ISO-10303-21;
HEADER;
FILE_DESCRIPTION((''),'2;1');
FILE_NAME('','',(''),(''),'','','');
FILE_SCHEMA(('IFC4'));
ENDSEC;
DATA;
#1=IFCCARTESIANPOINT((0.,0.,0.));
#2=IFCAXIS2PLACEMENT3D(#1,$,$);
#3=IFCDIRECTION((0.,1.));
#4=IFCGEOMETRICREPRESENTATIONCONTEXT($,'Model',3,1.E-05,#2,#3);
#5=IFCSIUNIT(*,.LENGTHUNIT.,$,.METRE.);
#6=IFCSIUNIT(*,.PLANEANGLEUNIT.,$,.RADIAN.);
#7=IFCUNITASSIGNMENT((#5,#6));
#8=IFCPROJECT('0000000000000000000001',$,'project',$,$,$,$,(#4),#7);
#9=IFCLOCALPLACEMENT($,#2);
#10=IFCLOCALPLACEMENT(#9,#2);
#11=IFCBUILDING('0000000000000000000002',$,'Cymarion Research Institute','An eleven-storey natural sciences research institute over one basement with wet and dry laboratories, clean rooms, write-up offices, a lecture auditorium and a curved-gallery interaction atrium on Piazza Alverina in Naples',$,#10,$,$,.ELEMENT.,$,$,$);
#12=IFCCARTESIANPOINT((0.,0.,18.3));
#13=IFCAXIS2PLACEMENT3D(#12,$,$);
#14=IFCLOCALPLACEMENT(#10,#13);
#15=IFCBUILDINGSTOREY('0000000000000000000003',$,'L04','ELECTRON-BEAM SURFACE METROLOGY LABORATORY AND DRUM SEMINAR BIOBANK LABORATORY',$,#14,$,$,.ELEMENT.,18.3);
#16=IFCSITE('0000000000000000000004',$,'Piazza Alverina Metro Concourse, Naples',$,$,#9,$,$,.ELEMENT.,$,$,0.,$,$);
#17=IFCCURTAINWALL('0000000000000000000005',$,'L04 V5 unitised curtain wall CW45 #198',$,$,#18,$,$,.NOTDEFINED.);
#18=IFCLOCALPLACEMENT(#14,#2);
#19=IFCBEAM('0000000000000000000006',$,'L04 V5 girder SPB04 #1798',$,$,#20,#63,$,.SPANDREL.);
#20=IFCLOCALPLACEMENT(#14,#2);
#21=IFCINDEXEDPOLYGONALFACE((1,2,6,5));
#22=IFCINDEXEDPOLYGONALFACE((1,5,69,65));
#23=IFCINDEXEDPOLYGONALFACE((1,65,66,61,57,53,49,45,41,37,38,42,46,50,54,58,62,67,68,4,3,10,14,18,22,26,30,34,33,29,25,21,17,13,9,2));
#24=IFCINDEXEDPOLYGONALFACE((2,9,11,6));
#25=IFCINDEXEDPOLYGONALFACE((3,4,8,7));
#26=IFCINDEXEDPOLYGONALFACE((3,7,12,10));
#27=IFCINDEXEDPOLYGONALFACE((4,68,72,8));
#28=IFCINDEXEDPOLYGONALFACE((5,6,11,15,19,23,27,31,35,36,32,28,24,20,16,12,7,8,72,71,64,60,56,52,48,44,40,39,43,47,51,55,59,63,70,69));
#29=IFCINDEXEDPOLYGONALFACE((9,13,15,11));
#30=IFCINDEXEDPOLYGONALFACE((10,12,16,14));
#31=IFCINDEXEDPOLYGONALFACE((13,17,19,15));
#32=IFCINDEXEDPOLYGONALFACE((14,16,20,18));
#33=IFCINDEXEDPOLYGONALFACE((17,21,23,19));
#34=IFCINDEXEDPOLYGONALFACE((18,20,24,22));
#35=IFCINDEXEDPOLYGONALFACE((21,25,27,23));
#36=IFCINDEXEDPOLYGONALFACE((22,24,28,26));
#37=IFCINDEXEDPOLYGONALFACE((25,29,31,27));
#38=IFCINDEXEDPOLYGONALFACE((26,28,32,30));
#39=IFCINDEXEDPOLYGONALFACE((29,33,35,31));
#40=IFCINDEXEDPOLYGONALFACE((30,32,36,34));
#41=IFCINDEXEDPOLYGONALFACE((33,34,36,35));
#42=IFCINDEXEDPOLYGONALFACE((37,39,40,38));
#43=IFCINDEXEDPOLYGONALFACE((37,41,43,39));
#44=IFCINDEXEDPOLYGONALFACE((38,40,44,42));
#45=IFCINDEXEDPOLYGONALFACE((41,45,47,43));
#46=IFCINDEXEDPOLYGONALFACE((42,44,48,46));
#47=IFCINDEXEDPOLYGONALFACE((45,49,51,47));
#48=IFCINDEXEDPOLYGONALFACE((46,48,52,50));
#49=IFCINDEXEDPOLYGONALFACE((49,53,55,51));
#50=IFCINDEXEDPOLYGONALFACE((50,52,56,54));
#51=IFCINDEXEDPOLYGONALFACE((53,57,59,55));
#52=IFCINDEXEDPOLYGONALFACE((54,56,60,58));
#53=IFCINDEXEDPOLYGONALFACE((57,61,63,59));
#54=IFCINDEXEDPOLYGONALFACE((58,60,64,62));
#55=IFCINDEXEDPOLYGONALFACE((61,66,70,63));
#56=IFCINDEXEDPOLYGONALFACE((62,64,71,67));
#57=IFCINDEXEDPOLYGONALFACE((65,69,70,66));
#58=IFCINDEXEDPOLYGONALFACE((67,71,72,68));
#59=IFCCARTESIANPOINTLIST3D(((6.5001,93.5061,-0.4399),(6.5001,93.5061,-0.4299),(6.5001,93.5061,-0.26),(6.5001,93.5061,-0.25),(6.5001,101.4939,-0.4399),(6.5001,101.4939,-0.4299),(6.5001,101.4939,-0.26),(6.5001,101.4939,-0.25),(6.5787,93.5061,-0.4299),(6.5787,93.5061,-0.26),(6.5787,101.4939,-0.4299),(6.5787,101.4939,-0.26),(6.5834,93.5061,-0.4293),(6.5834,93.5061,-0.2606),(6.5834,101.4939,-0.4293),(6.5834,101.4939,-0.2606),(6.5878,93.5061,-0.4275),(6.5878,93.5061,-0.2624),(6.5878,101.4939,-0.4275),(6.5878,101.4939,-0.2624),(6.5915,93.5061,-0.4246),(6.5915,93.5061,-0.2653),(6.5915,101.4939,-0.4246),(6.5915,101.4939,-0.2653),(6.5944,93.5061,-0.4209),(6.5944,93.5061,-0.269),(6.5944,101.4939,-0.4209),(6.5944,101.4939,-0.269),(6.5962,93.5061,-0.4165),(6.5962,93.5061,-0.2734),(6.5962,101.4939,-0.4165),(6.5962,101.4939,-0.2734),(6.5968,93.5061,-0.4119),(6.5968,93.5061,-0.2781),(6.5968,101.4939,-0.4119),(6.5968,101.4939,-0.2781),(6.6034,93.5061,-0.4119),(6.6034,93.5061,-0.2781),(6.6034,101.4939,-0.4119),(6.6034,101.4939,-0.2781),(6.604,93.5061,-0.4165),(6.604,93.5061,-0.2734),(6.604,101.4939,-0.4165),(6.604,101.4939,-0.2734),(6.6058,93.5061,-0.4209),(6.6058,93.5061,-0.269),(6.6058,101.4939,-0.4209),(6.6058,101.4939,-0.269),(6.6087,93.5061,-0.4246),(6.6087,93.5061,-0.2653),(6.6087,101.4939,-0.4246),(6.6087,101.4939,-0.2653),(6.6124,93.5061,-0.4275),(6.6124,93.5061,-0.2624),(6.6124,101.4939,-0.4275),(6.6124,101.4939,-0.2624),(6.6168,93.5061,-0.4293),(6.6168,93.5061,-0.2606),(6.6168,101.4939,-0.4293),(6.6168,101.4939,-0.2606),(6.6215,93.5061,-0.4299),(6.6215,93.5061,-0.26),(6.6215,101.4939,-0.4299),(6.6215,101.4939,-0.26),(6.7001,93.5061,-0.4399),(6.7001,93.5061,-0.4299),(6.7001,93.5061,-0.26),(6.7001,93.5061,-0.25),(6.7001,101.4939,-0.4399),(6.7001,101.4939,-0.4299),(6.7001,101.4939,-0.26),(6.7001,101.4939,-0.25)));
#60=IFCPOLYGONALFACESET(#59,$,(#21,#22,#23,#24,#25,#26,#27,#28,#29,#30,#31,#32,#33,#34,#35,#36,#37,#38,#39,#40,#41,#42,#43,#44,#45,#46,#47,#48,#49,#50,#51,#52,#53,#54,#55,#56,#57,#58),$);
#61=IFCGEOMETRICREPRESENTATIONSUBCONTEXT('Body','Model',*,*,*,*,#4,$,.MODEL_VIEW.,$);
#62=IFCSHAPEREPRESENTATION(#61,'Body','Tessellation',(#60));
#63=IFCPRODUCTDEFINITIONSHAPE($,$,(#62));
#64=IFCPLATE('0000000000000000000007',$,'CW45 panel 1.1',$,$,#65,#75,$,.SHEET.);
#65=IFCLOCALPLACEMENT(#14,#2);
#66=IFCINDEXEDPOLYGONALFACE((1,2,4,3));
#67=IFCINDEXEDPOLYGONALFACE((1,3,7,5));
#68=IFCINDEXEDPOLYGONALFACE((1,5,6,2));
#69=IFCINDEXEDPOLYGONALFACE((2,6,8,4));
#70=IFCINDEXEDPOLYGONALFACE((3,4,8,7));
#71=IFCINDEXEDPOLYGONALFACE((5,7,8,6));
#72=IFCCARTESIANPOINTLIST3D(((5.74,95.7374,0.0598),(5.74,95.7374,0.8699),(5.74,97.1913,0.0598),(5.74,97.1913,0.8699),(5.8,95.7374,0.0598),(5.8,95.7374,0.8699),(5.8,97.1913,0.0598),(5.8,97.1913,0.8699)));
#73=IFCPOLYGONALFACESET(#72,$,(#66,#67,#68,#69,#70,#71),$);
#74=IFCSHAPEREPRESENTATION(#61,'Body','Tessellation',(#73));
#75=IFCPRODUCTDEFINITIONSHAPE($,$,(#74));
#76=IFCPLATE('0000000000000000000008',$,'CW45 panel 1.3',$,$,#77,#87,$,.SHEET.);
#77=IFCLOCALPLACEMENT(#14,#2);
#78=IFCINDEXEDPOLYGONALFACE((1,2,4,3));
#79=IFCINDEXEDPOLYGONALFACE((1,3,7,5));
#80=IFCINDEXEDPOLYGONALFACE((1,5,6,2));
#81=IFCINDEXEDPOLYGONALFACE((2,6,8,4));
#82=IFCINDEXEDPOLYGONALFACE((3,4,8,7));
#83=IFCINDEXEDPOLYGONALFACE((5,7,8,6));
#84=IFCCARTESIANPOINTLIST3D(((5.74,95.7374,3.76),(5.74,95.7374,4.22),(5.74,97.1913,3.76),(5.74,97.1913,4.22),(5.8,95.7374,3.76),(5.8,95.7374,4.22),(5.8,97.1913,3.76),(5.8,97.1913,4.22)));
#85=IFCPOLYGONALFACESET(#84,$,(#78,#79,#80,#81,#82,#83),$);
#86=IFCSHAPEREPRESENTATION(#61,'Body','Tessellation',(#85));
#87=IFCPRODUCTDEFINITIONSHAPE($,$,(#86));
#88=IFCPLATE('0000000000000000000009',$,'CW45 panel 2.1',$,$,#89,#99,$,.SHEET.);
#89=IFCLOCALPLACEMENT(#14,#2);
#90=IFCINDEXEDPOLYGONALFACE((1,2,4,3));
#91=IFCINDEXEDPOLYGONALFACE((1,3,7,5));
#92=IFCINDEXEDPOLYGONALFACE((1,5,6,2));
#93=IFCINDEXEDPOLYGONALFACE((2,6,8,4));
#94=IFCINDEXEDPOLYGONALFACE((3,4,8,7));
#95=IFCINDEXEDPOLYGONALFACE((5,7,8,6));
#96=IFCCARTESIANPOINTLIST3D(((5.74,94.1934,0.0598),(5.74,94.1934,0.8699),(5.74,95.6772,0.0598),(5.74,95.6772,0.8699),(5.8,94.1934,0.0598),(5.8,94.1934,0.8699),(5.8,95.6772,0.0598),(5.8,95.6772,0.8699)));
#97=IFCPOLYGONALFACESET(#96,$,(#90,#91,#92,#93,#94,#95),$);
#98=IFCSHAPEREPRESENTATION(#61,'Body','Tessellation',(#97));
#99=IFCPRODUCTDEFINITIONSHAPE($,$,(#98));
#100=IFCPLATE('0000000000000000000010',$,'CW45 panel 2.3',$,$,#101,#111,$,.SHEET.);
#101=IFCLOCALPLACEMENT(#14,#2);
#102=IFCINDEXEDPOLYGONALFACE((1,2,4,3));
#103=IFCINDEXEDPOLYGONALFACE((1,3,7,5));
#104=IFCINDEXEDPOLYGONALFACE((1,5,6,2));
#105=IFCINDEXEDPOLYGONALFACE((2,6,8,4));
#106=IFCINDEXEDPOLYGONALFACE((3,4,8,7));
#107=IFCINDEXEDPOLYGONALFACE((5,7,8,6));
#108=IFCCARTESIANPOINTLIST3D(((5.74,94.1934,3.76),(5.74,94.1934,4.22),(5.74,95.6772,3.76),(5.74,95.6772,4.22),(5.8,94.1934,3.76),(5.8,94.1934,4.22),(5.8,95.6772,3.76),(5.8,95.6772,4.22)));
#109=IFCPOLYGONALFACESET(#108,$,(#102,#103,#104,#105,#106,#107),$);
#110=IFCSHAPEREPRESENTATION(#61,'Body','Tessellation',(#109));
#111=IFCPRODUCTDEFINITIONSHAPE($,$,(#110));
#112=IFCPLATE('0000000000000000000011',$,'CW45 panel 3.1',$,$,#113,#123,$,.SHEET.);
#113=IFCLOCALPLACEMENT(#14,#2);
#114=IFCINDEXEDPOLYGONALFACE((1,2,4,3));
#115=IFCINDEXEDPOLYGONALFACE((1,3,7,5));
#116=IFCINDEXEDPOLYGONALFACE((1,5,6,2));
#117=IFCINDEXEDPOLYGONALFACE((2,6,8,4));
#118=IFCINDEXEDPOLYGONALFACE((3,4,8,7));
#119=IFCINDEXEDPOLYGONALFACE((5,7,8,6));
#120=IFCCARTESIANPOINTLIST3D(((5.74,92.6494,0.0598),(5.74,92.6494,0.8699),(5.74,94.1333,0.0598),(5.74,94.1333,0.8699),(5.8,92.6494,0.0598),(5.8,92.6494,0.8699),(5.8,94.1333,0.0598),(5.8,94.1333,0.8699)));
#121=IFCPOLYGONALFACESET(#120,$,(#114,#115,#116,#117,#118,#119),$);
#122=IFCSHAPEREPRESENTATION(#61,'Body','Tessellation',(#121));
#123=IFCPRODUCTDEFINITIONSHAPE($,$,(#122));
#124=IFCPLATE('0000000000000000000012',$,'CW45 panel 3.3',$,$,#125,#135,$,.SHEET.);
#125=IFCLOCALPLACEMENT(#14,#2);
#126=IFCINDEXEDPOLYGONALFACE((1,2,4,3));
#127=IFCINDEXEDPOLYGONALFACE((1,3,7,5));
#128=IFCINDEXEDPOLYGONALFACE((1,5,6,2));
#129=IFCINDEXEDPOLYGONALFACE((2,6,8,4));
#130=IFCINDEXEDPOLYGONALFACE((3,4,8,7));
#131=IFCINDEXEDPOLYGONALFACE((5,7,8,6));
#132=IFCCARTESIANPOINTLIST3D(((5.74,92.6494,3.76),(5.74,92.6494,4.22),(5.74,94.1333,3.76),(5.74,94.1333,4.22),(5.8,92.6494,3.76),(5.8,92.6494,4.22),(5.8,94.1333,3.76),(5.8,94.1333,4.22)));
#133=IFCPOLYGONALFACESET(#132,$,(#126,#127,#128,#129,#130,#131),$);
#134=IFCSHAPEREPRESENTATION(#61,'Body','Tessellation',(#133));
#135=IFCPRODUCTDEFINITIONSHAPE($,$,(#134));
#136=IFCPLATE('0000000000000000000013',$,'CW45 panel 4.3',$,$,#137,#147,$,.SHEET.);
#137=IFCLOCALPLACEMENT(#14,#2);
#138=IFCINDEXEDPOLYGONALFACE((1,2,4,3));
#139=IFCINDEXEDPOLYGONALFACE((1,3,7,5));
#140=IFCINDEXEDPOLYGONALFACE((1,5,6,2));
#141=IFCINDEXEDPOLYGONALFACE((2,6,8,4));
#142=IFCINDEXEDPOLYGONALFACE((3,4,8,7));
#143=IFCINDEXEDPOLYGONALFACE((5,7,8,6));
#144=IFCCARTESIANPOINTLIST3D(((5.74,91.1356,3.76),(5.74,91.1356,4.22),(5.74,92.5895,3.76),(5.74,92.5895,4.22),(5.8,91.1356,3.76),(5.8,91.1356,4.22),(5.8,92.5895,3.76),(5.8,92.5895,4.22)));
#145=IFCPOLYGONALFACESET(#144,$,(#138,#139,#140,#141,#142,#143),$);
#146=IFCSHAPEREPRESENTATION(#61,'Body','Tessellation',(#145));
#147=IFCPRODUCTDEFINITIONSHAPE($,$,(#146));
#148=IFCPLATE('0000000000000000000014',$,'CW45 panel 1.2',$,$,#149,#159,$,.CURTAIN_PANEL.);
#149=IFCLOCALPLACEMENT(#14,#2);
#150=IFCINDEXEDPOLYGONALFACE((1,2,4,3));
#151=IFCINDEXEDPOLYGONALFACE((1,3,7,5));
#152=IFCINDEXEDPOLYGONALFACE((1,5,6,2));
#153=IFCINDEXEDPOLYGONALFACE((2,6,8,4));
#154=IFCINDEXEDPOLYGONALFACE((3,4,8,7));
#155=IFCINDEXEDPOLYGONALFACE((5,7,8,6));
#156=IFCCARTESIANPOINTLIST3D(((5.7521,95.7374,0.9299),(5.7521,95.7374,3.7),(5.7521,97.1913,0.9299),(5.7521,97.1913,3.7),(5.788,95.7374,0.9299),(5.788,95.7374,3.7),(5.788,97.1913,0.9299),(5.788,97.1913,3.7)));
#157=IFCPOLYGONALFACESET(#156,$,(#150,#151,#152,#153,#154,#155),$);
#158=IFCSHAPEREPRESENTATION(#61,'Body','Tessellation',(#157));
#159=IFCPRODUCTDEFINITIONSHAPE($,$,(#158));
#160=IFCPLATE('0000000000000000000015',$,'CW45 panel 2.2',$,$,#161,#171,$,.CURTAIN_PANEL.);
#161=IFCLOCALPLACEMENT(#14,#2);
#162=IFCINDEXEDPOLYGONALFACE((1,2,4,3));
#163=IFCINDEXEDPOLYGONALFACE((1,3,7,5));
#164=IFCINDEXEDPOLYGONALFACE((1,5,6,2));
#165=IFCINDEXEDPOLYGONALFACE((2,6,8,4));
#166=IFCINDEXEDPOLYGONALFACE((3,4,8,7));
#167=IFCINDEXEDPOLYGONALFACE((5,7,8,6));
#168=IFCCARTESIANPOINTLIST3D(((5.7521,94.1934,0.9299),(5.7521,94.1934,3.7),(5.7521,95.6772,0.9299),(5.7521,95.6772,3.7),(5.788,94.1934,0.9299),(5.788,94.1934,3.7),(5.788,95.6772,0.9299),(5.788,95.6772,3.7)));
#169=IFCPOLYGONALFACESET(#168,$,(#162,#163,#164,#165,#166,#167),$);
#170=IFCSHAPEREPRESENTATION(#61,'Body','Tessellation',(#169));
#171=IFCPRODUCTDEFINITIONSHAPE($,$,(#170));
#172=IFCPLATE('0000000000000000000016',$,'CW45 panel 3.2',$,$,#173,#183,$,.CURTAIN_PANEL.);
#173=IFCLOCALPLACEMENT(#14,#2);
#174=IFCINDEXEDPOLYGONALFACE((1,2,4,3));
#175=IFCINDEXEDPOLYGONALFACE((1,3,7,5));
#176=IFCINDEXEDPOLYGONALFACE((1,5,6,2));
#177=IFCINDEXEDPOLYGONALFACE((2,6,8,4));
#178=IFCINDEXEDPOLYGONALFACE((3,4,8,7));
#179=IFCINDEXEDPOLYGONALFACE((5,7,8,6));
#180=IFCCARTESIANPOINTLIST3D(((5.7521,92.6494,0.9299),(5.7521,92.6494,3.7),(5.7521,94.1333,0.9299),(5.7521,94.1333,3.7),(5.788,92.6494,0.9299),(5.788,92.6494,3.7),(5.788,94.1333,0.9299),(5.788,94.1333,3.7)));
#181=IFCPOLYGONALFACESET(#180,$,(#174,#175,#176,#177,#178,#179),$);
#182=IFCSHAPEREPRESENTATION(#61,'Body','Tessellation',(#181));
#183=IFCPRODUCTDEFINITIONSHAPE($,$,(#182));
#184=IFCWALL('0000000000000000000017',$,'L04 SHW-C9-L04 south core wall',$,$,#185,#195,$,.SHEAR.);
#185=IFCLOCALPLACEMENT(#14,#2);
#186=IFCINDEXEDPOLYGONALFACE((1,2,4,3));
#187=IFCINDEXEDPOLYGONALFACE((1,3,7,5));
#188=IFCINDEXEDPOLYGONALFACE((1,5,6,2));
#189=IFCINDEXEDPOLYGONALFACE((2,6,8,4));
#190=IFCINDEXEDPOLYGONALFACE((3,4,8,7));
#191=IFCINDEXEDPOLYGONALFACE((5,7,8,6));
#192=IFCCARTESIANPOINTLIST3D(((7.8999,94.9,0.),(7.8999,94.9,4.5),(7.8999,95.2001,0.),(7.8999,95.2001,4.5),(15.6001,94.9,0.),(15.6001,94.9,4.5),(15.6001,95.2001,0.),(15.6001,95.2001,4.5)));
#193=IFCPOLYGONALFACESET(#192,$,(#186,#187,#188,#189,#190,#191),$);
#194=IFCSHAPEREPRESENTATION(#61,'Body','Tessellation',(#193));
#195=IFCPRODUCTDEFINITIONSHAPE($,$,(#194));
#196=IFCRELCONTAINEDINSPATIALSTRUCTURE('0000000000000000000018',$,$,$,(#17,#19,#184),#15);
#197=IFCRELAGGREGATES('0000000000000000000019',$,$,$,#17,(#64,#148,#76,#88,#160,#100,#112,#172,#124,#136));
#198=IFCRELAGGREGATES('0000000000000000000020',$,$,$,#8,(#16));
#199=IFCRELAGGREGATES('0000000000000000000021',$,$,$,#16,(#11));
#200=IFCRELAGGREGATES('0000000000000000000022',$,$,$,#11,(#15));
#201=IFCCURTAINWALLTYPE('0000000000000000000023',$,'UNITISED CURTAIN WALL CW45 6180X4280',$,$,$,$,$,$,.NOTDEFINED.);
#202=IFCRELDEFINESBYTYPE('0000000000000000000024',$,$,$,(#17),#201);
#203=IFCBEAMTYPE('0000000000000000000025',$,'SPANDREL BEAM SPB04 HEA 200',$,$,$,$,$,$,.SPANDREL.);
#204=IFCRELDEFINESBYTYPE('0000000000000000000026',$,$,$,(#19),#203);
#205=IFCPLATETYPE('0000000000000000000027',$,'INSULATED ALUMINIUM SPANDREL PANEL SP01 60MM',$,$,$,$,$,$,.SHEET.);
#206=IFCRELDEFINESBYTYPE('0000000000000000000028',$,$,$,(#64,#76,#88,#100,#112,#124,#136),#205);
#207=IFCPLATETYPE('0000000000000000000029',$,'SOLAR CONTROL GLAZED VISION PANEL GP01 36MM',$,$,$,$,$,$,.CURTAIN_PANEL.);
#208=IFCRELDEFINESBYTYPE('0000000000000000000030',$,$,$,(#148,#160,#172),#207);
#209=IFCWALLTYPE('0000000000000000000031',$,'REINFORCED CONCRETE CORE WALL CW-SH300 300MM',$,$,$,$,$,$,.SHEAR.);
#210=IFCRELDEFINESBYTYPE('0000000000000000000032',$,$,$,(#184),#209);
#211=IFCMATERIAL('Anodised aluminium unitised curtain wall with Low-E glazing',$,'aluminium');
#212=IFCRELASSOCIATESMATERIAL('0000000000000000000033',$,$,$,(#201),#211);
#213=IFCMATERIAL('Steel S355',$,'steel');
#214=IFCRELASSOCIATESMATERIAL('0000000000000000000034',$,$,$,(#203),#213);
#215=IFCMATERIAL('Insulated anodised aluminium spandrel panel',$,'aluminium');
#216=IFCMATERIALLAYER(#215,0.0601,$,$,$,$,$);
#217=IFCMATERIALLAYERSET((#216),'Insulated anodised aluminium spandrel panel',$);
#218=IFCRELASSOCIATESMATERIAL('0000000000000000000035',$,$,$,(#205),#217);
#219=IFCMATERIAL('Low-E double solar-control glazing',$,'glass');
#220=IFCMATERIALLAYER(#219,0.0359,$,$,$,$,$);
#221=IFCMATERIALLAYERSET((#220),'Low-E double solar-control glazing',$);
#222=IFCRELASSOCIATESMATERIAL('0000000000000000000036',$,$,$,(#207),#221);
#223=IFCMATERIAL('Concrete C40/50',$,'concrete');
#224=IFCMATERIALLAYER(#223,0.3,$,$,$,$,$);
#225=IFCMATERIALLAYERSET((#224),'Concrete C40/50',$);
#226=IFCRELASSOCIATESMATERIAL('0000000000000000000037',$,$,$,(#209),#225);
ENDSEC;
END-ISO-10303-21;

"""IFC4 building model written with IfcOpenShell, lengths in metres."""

from ifc_helpers import new_model, si_unit, direction, frame, frame_2d, origin, origin_2d, place, context, subcontext, project, spatial, rectangle, i_section, extrude, material, layer, layer_set, material_profile, profile_set, type_object, element, aggregate, save


model = new_model("IFC4")

# Units and contexts
model_context = context("Model", 3, precision=1e-05, world=origin(), true_north=direction((0.0, 1.0)))
body_context = subcontext(model_context, "Body", "Model", "MODEL_VIEW")
ifc_project = project(units=[si_unit("LENGTHUNIT", "METRE"), si_unit("PLANEANGLEUNIT", "RADIAN")], contexts=[model_context])

# Site, building, storey
site_placement = place(None, origin())
site = spatial("IfcSite", under=ifc_project, at=site_placement, Name="Piazza Alverina Metro Concourse, Naples", CompositionType="ELEMENT", RefElevation=0.0)
building_placement = place(site_placement, origin())
building = spatial("IfcBuilding", under=site, at=building_placement, Name="Cymarion Research Institute", Description="An eleven-storey natural sciences research institute over one basement with wet and dry laboratories, clean rooms, write-up offices, a lecture auditorium and a curved-gallery interaction atrium on Piazza Alverina in Naples", CompositionType="ELEMENT")
storey_placement = place(building_placement, frame((0.0, 0.0, 18.3)))
storey = spatial("IfcBuildingStorey", under=building, at=storey_placement, Name="L04", Description="ELECTRON-BEAM SURFACE METROLOGY LABORATORY AND DRUM SEMINAR BIOBANK LABORATORY", CompositionType="ELEMENT", Elevation=18.3)

# Shared definitions
ifc_material_1 = material(Name="Steel S355", Category="steel")

# Curtain wall
ifc_material_2 = material(Name="Anodised aluminium unitised curtain wall with Low-E glazing", Category="aluminium")
curtain_wall_type = type_object("IfcCurtainWallType", Name="UNITISED CURTAIN WALL CW45 6180X4280", PredefinedType="NOTDEFINED", material=ifc_material_2)
curtain_wall_placement = place(storey_placement, origin())
curtain_wall = element("IfcCurtainWall", 1, at=curtain_wall_placement, inside=storey, type_object=curtain_wall_type, Name="L04 V5 unitised curtain wall CW45 #198", PredefinedType="NOTDEFINED")

# Beam
ifc_material_profile_1 = material_profile(ifc_material_1, i_section(OverallWidth=0.2, OverallDepth=0.1899, WebThickness=0.0066, FlangeThickness=0.01, FilletRadius=0.0181, at=origin_2d()), Name="HEA 200")
ifc_profile_set_1 = profile_set([ifc_material_profile_1], Name="Steel S355")
beam_type_1 = type_object("IfcBeamType", Name="SPANDREL BEAM SPB04 HEA 200", PredefinedType="SPANDREL", material=ifc_profile_set_1)
beam_1_placement = place(storey_placement, frame((6.6001, 93.5061, -0.345), z_axis=(0.0, 1.0, 0.0), x_axis=(-1.0, 0.0, 0.0)))
element("IfcBeam", 2, at=beam_1_placement, inside=storey, type_object=beam_type_1, Name="L04 V5 girder SPB04 #1798", PredefinedType="SPANDREL", context=body_context, shape_type="SweptSolid", body=[
    extrude(i_section(OverallWidth=0.2, OverallDepth=0.1899, WebThickness=0.0066, FlangeThickness=0.01, FilletRadius=0.0181, at=origin_2d()), origin(), (0.0, 0.0, 1.0), 7.9878),
])

# Plates
ifc_material_3 = material(Name="Insulated anodised aluminium spandrel panel", Category="aluminium")
ifc_layer_1 = layer(ifc_material_3, 0.0601)
ifc_layer_set_1 = layer_set([ifc_layer_1], Name="Insulated anodised aluminium spandrel panel")
plate_type_1 = type_object("IfcPlateType", Name="INSULATED ALUMINIUM SPANDREL PANEL SP01 60MM", PredefinedType="SHEET", material=ifc_layer_set_1)
plate_1_placement = place(storey_placement, frame((5.77, 96.4644, 0.0598), z_axis=(0.0, 0.0, 1.0), x_axis=(0.0, -1.0, 0.0)))
plate_1 = element("IfcPlate", 3, at=plate_1_placement, type_object=plate_type_1, Name="CW45 panel 1.1", PredefinedType="SHEET", context=body_context, shape_type="SweptSolid", body=[
    extrude(rectangle(XDim=1.4539, YDim=0.0601, at=origin_2d()), origin(), (0.0, 0.0, 1.0), 0.8101),
])
plate_2_placement = place(storey_placement, frame((5.77, 96.4644, 3.76), z_axis=(0.0, 0.0, 1.0), x_axis=(0.0, -1.0, 0.0)))
plate_2 = element("IfcPlate", 4, at=plate_2_placement, type_object=plate_type_1, Name="CW45 panel 1.3", PredefinedType="SHEET", context=body_context, shape_type="SweptSolid", body=[
    extrude(rectangle(XDim=1.4539, YDim=0.0601, at=origin_2d()), origin(), (0.0, 0.0, 1.0), 0.46),
])
plate_3_placement = place(storey_placement, frame((5.77, 94.9353, 0.0598), z_axis=(0.0, 0.0, 1.0), x_axis=(0.0, -1.0, 0.0)))
plate_3 = element("IfcPlate", 5, at=plate_3_placement, type_object=plate_type_1, Name="CW45 panel 2.1", PredefinedType="SHEET", context=body_context, shape_type="SweptSolid", body=[
    extrude(rectangle(XDim=1.4839, YDim=0.0601, at=origin_2d()), origin(), (0.0, 0.0, 1.0), 0.8101),
])
plate_4_placement = place(storey_placement, frame((5.77, 94.9353, 3.76), z_axis=(0.0, 0.0, 1.0), x_axis=(0.0, -1.0, 0.0)))
plate_4 = element("IfcPlate", 6, at=plate_4_placement, type_object=plate_type_1, Name="CW45 panel 2.3", PredefinedType="SHEET", context=body_context, shape_type="SweptSolid", body=[
    extrude(rectangle(XDim=1.4839, YDim=0.0601, at=origin_2d()), origin(), (0.0, 0.0, 1.0), 0.46),
])
plate_5_placement = place(storey_placement, frame((5.77, 93.3914, 0.0598), z_axis=(0.0, 0.0, 1.0), x_axis=(0.0, -1.0, 0.0)))
plate_5 = element("IfcPlate", 7, at=plate_5_placement, type_object=plate_type_1, Name="CW45 panel 3.1", PredefinedType="SHEET", context=body_context, shape_type="SweptSolid", body=[
    extrude(rectangle(XDim=1.4839, YDim=0.0601, at=origin_2d()), origin(), (0.0, 0.0, 1.0), 0.8101),
])
plate_6_placement = place(storey_placement, frame((5.77, 93.3914, 3.76), z_axis=(0.0, 0.0, 1.0), x_axis=(0.0, -1.0, 0.0)))
plate_6 = element("IfcPlate", 8, at=plate_6_placement, type_object=plate_type_1, Name="CW45 panel 3.3", PredefinedType="SHEET", context=body_context, shape_type="SweptSolid", body=[
    extrude(rectangle(XDim=1.4839, YDim=0.0601, at=origin_2d()), origin(), (0.0, 0.0, 1.0), 0.46),
])
plate_7_placement = place(storey_placement, frame((5.77, 91.8625, 3.76), z_axis=(0.0, 0.0, 1.0), x_axis=(0.0, -1.0, 0.0)))
plate_7 = element("IfcPlate", 9, at=plate_7_placement, type_object=plate_type_1, Name="CW45 panel 4.3", PredefinedType="SHEET", context=body_context, shape_type="SweptSolid", body=[
    extrude(rectangle(XDim=1.4539, YDim=0.0601, at=origin_2d()), origin(), (0.0, 0.0, 1.0), 0.46),
])
ifc_material_4 = material(Name="Low-E double solar-control glazing", Category="glass")
ifc_layer_2 = layer(ifc_material_4, 0.0359)
ifc_layer_set_2 = layer_set([ifc_layer_2], Name="Low-E double solar-control glazing")
plate_type_2 = type_object("IfcPlateType", Name="SOLAR CONTROL GLAZED VISION PANEL GP01 36MM", PredefinedType="CURTAIN_PANEL", material=ifc_layer_set_2)
plate_8_placement = place(storey_placement, frame((5.77, 96.4644, 0.9299), z_axis=(0.0, 0.0, 1.0), x_axis=(0.0, -1.0, 0.0)))
plate_8 = element("IfcPlate", 10, at=plate_8_placement, type_object=plate_type_2, Name="CW45 panel 1.2", PredefinedType="CURTAIN_PANEL", context=body_context, shape_type="SweptSolid", body=[
    extrude(rectangle(XDim=1.4539, YDim=0.0359, at=origin_2d()), origin(), (0.0, 0.0, 1.0), 2.77),
])
plate_9_placement = place(storey_placement, frame((5.77, 94.9353, 0.9299), z_axis=(0.0, 0.0, 1.0), x_axis=(0.0, -1.0, 0.0)))
plate_9 = element("IfcPlate", 11, at=plate_9_placement, type_object=plate_type_2, Name="CW45 panel 2.2", PredefinedType="CURTAIN_PANEL", context=body_context, shape_type="SweptSolid", body=[
    extrude(rectangle(XDim=1.4839, YDim=0.0359, at=origin_2d()), origin(), (0.0, 0.0, 1.0), 2.77),
])
plate_10_placement = place(storey_placement, frame((5.77, 93.3914, 0.9299), z_axis=(0.0, 0.0, 1.0), x_axis=(0.0, -1.0, 0.0)))
plate_10 = element("IfcPlate", 12, at=plate_10_placement, type_object=plate_type_2, Name="CW45 panel 3.2", PredefinedType="CURTAIN_PANEL", context=body_context, shape_type="SweptSolid", body=[
    extrude(rectangle(XDim=1.4839, YDim=0.0359, at=origin_2d()), origin(), (0.0, 0.0, 1.0), 2.77),
])
aggregate(curtain_wall, [plate_1, plate_8, plate_2, plate_3, plate_9, plate_4, plate_5, plate_10, plate_6, plate_7])

# Wall
ifc_material_5 = material(Name="Concrete C40/50", Category="concrete")
ifc_layer_3 = layer(ifc_material_5, 0.3)
ifc_layer_set_3 = layer_set([ifc_layer_3], Name="Concrete C40/50")
wall_type = type_object("IfcWallType", Name="REINFORCED CONCRETE CORE WALL CW-SH300 300MM", PredefinedType="SHEAR", material=ifc_layer_set_3)
wall_placement = place(storey_placement, frame((7.8999, 95.05, 0.0), z_axis=(0.0, 0.0, 1.0), x_axis=(1.0, 0.0, 0.0)))
element("IfcWall", 13, at=wall_placement, inside=storey, type_object=wall_type, Name="L04 SHW-C9-L04 south core wall", PredefinedType="SHEAR", context=body_context, shape_type="SweptSolid", body=[
    extrude(rectangle(XDim=7.7002, YDim=0.3, at=frame_2d((3.8501, 0.0))), origin(), (0.0, 0.0, 1.0), 4.5),
])

save(model, "model.ifc")
